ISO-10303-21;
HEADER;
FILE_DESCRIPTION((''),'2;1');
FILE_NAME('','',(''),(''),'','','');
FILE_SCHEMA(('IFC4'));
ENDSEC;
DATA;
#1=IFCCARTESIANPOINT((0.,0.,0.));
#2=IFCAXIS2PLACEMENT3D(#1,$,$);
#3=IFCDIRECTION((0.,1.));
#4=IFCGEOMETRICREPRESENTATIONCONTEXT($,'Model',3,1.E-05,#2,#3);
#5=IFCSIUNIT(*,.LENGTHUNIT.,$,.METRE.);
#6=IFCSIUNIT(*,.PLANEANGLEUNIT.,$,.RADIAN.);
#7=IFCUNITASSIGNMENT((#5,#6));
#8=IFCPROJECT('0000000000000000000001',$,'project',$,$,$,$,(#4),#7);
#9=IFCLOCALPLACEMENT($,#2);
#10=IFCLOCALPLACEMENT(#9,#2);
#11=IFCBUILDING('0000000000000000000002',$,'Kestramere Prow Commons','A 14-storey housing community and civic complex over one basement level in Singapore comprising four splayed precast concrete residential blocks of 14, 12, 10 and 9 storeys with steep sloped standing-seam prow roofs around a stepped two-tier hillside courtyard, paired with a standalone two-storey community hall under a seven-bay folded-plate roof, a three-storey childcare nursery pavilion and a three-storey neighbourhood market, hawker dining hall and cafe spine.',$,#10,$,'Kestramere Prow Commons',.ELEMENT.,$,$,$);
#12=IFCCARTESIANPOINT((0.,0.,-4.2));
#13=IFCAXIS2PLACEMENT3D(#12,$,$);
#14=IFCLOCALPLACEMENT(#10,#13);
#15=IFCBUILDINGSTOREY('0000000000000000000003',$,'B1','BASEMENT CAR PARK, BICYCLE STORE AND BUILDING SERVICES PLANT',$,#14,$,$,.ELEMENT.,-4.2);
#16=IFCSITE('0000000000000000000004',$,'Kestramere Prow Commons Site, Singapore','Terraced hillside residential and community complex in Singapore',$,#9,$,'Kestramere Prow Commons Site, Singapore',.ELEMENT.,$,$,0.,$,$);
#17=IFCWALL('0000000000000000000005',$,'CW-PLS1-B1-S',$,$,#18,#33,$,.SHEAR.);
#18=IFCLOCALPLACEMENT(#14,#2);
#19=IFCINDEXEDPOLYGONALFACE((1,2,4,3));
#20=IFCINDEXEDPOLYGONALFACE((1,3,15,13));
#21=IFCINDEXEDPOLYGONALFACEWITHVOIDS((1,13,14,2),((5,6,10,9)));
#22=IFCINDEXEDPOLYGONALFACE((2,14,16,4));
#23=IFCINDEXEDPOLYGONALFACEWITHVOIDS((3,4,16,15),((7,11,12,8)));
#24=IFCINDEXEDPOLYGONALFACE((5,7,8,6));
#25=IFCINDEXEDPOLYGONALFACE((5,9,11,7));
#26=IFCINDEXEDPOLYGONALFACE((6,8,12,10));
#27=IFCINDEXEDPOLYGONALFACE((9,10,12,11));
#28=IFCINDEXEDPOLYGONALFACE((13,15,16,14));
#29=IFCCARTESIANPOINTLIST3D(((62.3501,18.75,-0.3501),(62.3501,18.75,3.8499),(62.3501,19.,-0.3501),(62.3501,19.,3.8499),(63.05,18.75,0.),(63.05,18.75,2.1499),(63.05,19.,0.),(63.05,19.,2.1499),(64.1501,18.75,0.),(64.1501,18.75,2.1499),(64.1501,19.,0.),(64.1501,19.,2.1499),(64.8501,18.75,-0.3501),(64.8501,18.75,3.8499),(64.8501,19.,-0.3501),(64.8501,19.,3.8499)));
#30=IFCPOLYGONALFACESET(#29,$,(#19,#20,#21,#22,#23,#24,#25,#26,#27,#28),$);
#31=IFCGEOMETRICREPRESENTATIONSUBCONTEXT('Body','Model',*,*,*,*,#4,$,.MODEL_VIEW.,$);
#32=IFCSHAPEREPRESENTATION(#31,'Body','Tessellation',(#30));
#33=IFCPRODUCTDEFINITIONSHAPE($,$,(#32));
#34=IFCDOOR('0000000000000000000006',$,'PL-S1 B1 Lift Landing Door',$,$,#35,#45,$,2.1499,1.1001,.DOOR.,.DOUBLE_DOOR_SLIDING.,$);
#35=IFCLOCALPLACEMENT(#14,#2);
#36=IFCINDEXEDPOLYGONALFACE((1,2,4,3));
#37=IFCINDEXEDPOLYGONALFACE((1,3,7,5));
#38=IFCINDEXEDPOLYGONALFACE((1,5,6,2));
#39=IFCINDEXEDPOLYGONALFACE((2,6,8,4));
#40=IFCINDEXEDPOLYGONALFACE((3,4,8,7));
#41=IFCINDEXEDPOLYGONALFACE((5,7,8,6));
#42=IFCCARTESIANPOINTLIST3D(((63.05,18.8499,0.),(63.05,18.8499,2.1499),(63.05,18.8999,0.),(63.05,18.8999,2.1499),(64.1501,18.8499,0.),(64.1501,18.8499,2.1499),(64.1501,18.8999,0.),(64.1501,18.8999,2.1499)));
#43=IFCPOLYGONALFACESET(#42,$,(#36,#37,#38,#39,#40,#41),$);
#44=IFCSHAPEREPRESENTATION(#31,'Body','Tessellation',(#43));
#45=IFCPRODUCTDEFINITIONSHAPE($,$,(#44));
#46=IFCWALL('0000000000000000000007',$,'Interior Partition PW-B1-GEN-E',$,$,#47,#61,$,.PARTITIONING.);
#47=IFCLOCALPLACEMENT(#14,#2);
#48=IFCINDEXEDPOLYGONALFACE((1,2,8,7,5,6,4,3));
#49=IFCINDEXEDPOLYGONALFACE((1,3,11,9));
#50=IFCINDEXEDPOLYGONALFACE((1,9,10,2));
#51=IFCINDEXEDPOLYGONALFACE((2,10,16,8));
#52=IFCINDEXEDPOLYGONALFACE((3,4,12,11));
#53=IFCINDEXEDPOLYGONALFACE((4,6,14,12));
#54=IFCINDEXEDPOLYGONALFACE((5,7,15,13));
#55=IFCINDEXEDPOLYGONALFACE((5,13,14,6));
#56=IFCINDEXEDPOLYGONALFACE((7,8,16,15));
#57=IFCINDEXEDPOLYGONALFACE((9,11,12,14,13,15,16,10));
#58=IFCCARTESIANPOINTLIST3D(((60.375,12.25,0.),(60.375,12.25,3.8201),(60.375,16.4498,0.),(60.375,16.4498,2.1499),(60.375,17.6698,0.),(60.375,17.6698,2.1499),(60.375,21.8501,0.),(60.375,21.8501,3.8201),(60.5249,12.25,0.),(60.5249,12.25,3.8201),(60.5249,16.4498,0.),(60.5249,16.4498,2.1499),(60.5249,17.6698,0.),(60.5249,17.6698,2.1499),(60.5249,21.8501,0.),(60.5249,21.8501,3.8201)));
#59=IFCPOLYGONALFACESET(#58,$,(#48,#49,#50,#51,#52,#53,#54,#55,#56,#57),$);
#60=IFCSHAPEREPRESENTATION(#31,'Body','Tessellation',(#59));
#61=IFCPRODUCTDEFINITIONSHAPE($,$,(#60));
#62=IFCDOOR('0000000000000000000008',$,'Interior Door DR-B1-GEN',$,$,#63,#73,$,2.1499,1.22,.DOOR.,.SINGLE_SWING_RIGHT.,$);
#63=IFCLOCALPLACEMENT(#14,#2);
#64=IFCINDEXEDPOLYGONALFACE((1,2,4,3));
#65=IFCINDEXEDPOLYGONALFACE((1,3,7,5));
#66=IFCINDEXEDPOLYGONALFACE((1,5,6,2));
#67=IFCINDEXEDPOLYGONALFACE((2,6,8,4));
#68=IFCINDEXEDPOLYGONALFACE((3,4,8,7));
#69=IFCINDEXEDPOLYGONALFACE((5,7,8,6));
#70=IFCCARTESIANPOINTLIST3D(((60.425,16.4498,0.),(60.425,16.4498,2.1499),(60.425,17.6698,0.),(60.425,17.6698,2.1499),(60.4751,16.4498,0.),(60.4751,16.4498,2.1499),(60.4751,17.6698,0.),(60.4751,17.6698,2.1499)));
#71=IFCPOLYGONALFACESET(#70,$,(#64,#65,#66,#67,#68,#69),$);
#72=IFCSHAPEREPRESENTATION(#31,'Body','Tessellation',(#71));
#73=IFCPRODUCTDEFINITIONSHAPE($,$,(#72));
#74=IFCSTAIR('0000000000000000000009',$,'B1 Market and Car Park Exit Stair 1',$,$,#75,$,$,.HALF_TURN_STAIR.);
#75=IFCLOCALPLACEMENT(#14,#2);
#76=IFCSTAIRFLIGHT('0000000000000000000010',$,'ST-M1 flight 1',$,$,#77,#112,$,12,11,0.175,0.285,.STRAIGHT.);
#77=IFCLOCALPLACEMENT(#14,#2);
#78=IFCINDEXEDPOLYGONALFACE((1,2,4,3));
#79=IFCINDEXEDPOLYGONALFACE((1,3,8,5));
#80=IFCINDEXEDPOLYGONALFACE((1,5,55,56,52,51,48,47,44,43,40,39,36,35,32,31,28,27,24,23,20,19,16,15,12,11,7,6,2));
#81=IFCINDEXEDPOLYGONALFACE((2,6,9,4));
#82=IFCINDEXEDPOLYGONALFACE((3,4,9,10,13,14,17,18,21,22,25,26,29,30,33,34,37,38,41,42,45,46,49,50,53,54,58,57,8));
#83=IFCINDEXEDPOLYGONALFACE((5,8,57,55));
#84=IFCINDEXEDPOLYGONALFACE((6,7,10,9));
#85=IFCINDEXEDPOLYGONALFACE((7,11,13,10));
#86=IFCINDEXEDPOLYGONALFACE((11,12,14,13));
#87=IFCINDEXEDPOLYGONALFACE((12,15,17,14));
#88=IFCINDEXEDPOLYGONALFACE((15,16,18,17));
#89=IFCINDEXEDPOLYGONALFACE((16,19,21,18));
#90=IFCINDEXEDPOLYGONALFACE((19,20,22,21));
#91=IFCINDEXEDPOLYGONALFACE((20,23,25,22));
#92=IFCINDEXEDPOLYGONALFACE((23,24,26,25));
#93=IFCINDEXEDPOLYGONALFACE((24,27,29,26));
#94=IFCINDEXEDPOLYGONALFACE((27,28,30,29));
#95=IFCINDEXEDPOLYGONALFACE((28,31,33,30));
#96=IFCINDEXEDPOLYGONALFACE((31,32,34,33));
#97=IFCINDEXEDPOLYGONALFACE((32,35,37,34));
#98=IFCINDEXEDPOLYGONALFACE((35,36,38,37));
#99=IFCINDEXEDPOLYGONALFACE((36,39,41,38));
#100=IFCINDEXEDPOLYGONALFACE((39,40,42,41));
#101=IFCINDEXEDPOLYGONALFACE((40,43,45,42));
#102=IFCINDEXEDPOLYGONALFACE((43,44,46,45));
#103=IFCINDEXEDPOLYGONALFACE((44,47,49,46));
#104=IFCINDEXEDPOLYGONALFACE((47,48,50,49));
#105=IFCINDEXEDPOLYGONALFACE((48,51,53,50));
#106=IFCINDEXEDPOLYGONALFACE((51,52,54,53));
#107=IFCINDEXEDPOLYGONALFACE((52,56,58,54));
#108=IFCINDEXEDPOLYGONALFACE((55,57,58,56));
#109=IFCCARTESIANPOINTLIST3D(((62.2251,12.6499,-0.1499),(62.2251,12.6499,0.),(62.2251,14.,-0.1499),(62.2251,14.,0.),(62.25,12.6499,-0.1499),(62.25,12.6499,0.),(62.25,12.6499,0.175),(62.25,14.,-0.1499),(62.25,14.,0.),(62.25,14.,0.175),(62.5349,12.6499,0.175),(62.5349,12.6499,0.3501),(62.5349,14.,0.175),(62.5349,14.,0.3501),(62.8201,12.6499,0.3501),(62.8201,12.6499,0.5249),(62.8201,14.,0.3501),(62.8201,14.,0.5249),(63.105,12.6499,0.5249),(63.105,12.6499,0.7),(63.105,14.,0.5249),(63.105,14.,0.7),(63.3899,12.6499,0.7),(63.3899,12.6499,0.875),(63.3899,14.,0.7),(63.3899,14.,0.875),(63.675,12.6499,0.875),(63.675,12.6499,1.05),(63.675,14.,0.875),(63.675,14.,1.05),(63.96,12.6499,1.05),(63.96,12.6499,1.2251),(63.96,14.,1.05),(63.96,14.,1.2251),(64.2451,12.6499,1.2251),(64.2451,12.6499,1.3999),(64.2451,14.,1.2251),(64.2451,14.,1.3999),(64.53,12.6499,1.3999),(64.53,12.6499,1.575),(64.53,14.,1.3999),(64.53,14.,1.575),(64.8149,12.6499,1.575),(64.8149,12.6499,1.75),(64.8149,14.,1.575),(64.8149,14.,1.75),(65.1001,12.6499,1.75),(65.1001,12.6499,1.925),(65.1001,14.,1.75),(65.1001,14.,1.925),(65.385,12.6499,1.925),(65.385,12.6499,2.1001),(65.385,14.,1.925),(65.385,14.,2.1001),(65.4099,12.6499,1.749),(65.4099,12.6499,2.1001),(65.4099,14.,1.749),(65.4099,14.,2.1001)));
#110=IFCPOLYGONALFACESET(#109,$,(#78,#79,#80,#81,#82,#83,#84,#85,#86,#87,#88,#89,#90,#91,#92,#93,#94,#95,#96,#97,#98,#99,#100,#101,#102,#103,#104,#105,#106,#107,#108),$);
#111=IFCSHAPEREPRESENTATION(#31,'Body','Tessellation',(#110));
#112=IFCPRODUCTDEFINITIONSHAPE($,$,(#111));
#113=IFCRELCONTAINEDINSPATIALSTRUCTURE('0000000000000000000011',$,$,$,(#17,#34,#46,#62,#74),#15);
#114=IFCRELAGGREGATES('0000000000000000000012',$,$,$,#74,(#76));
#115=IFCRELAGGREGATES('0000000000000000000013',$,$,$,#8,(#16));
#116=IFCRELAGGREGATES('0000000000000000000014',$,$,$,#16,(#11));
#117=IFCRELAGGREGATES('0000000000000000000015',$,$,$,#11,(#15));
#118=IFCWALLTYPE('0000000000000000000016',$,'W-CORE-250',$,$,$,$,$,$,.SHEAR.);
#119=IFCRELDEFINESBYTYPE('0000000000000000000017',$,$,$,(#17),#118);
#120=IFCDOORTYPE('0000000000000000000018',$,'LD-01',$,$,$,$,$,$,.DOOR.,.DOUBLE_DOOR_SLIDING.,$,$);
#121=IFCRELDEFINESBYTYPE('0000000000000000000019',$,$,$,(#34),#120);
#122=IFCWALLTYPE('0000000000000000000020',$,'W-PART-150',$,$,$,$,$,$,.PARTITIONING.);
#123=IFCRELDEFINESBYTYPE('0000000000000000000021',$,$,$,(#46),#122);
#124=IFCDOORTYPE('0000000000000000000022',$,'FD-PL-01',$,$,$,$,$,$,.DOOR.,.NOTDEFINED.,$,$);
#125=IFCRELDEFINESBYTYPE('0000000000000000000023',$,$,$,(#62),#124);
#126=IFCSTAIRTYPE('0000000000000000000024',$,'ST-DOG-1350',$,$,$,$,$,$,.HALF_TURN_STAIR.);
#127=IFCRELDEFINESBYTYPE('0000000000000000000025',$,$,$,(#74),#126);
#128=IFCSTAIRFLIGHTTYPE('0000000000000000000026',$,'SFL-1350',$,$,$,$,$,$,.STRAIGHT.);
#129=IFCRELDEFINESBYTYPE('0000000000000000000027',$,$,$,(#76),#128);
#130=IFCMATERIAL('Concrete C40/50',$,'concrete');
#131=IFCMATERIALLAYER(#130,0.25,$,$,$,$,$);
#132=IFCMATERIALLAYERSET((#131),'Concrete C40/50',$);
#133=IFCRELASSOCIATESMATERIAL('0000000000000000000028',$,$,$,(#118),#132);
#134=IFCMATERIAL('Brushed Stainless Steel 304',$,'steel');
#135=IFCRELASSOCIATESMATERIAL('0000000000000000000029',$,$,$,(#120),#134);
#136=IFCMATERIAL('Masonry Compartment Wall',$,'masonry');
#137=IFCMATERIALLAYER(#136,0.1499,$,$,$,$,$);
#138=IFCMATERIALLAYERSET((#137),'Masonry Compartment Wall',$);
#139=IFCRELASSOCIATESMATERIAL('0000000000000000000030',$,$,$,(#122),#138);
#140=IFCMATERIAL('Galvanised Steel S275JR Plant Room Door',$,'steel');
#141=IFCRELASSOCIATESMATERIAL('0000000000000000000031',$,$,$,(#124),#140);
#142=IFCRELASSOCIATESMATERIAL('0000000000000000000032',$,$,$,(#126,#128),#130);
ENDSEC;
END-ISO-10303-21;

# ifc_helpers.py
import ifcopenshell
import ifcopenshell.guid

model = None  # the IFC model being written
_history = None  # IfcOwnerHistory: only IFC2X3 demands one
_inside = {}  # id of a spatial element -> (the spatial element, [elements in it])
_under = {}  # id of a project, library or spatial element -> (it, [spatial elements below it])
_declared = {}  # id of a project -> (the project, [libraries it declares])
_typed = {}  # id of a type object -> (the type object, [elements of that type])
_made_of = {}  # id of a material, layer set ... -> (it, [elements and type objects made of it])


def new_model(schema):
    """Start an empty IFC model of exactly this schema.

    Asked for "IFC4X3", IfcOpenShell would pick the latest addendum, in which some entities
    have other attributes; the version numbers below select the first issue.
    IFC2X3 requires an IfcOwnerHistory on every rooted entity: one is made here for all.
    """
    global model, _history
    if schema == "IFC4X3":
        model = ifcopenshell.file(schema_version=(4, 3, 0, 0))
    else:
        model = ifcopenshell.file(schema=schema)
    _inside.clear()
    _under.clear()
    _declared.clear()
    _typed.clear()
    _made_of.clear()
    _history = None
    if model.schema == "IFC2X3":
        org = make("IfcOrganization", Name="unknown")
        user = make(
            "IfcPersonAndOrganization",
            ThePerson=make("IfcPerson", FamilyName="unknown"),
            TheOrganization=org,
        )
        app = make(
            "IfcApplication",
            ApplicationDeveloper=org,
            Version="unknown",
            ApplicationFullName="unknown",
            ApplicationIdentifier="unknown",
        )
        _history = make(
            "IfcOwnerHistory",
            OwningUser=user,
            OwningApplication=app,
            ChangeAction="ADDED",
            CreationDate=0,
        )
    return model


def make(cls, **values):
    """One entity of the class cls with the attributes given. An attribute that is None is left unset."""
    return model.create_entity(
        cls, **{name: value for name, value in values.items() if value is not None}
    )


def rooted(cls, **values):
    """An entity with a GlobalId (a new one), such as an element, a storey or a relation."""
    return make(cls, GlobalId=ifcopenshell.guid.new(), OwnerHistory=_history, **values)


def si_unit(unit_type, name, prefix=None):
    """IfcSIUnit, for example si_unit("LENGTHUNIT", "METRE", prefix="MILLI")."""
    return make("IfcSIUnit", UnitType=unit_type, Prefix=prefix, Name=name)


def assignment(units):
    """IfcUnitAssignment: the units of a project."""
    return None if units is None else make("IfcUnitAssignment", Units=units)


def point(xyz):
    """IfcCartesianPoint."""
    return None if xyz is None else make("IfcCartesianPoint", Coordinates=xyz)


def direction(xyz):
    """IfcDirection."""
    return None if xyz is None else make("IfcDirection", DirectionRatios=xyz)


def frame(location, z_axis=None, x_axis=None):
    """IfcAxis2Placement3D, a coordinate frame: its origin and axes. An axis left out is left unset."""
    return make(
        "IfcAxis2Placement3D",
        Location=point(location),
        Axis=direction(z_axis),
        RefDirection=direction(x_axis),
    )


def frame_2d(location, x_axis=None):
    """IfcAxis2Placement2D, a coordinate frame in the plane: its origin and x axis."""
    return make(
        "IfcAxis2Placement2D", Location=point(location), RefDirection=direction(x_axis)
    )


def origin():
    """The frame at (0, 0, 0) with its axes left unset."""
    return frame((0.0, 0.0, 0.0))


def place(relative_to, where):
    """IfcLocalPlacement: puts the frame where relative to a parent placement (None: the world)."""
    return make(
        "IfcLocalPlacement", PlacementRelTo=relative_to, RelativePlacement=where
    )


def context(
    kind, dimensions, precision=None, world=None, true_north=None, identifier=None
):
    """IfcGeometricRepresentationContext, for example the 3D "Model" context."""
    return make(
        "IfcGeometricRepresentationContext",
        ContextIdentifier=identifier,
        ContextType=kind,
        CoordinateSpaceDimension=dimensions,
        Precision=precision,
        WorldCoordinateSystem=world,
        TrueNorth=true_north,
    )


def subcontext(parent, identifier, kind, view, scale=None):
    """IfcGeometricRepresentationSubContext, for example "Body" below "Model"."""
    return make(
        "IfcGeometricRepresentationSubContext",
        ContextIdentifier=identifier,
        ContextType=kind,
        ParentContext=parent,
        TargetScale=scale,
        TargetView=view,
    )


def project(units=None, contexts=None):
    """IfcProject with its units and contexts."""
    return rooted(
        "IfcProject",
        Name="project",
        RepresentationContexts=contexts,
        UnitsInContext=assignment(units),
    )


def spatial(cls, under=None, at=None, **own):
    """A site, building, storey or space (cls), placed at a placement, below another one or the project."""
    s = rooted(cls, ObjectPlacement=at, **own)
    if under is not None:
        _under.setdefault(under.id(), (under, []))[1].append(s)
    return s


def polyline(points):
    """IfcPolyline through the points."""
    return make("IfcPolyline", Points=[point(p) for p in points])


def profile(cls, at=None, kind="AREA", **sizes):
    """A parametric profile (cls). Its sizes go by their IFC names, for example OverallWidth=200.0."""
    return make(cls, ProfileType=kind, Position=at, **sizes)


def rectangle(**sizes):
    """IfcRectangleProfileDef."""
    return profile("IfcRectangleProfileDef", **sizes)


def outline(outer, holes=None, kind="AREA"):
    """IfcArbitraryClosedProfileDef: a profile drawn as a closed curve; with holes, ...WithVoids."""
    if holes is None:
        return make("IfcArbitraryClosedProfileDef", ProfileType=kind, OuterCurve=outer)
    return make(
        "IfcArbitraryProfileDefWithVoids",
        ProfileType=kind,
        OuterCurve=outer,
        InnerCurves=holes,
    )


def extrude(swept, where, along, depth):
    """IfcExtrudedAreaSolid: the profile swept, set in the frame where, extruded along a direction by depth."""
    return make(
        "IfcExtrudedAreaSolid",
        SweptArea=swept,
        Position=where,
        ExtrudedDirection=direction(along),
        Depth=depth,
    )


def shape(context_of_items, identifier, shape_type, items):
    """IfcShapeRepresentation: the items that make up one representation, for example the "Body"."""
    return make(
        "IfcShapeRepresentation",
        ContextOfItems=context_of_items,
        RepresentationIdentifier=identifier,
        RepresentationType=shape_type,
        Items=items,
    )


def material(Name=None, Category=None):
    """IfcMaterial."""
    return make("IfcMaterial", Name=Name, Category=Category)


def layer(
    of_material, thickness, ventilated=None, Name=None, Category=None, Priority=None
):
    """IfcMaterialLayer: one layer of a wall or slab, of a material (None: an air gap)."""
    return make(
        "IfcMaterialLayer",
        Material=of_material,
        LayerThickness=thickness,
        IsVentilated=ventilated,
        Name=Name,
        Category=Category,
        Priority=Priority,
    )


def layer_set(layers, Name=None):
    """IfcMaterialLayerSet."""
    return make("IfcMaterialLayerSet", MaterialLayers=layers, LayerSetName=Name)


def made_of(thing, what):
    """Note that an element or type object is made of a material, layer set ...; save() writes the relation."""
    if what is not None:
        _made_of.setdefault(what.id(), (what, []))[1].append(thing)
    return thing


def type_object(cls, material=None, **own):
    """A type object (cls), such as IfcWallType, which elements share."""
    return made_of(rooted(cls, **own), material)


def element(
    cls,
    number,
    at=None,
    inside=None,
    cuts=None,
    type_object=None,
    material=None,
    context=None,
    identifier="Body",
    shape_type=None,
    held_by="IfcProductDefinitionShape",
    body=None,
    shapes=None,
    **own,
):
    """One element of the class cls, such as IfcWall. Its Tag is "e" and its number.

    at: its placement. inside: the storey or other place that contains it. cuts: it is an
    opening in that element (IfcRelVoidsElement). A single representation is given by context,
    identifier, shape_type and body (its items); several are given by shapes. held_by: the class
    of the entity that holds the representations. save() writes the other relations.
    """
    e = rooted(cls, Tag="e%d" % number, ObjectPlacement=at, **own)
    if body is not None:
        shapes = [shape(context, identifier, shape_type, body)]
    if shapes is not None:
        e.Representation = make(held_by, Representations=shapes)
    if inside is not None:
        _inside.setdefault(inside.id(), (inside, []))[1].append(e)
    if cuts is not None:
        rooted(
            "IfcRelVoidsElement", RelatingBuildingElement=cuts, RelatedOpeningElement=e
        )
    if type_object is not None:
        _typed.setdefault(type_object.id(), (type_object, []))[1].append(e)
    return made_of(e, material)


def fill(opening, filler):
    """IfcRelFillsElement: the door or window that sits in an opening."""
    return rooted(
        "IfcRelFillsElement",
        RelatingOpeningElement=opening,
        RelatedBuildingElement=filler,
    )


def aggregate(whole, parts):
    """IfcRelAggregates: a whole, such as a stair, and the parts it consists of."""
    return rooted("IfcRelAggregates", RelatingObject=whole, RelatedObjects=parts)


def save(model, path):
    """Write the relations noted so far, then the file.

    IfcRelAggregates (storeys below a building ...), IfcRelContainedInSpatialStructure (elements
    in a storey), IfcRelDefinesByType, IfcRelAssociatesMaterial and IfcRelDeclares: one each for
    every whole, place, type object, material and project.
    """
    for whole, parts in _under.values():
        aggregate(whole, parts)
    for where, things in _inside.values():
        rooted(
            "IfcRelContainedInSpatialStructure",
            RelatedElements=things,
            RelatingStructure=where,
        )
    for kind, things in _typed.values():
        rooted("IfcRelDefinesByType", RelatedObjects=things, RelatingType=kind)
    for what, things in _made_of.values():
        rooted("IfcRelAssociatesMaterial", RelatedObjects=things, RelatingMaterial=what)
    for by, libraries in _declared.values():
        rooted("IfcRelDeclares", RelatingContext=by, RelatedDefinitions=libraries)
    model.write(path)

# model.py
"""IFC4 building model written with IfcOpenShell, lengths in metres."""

from ifc_helpers import new_model, si_unit, direction, frame, frame_2d, origin, place, context, subcontext, project, spatial, polyline, rectangle, outline, extrude, material, layer, layer_set, type_object, element, fill, aggregate, save


model = new_model("IFC4")

# Units and contexts
model_context = context("Model", 3, precision=1e-05, world=origin(), true_north=direction((0.0, 1.0)))
body_context = subcontext(model_context, "Body", "Model", "MODEL_VIEW")
ifc_project = project(units=[si_unit("LENGTHUNIT", "METRE"), si_unit("PLANEANGLEUNIT", "RADIAN")], contexts=[model_context])

# Site, building, storey
site_placement = place(None, origin())
site = spatial("IfcSite", under=ifc_project, at=site_placement, Name="Kestramere Prow Commons Site, Singapore", Description="Terraced hillside residential and community complex in Singapore", LongName="Kestramere Prow Commons Site, Singapore", CompositionType="ELEMENT", RefElevation=0.0)
building_placement = place(site_placement, origin())
building = spatial("IfcBuilding", under=site, at=building_placement, Name="Kestramere Prow Commons", Description="A 14-storey housing community and civic complex over one basement level in Singapore comprising four splayed precast concrete residential blocks of 14, 12, 10 and 9 storeys with steep sloped standing-seam prow roofs around a stepped two-tier hillside courtyard, paired with a standalone two-storey community hall under a seven-bay folded-plate roof, a three-storey childcare nursery pavilion and a three-storey neighbourhood market, hawker dining hall and cafe spine.", LongName="Kestramere Prow Commons", CompositionType="ELEMENT")
storey_placement = place(building_placement, frame((0.0, 0.0, -4.2)))
storey = spatial("IfcBuildingStorey", under=building, at=storey_placement, Name="B1", Description="BASEMENT CAR PARK, BICYCLE STORE AND BUILDING SERVICES PLANT", CompositionType="ELEMENT", Elevation=-4.2)

# Shared definitions
ifc_material_1 = material(Name="Concrete C40/50", Category="concrete")
ifc_layer_1 = layer(ifc_material_1, 0.25)
ifc_layer_set_1 = layer_set([ifc_layer_1], Name="Concrete C40/50")
wall_type_1 = type_object("IfcWallType", Name="W-CORE-250", PredefinedType="SHEAR", material=ifc_layer_set_1)

# Walls, openings, doors
wall_1_placement = place(storey_placement, frame((62.3501, 18.875, -0.3501), z_axis=(0.0, 0.0, 1.0), x_axis=(1.0, 0.0, 0.0)))
wall_1 = element("IfcWall", 1, at=wall_1_placement, inside=storey, type_object=wall_type_1, Name="CW-PLS1-B1-S", PredefinedType="SHEAR", context=body_context, shape_type="SweptSolid", body=[
    extrude(rectangle(XDim=2.5, YDim=0.25, at=frame_2d((1.25, 0.0))), origin(), (0.0, 0.0, 1.0), 4.2),
])
opening_1_placement = place(wall_1_placement, frame((0.7, 0.0, 0.3501)))
opening_1 = element("IfcOpeningElement", 2, at=opening_1_placement, cuts=wall_1, PredefinedType="OPENING", context=body_context, shape_type="SweptSolid", body=[
    extrude(rectangle(XDim=1.1001, YDim=2.1499, at=frame_2d((0.55, 1.075))), frame((0.0, 0.1399, 0.0), z_axis=(0.0, -1.0, 0.0), x_axis=(1.0, 0.0, 0.0)), (0.0, 0.0, 1.0), 0.28),
])
ifc_material_2 = material(Name="Brushed Stainless Steel 304", Category="steel")
door_type_1 = type_object("IfcDoorType", Name="LD-01", OperationType="DOUBLE_DOOR_SLIDING", PredefinedType="DOOR", material=ifc_material_2)
door_1_placement = place(opening_1_placement, origin())
door_1 = element("IfcDoor", 3, at=door_1_placement, inside=storey, type_object=door_type_1, Name="PL-S1 B1 Lift Landing Door", OperationType="DOUBLE_DOOR_SLIDING", OverallHeight=2.1499, OverallWidth=1.1001, PredefinedType="DOOR", context=body_context, shape_type="SweptSolid", body=[
    extrude(rectangle(XDim=1.1001, YDim=2.1499, at=frame_2d((0.55, 1.075))), frame((0.0, 0.0249, 0.0), z_axis=(0.0, -1.0, 0.0), x_axis=(1.0, 0.0, 0.0)), (0.0, 0.0, 1.0), 0.05),
])
fill(opening_1, door_1)
ifc_material_3 = material(Name="Masonry Compartment Wall", Category="masonry")
ifc_layer_2 = layer(ifc_material_3, 0.1499)
ifc_layer_set_2 = layer_set([ifc_layer_2], Name="Masonry Compartment Wall")
wall_type_2 = type_object("IfcWallType", Name="W-PART-150", PredefinedType="PARTITIONING", material=ifc_layer_set_2)
wall_2_placement = place(storey_placement, frame((60.45, 12.25, 0.0), z_axis=(0.0, 0.0, 1.0), x_axis=(0.0, 1.0, 0.0)))
wall_2 = element("IfcWall", 4, at=wall_2_placement, inside=storey, type_object=wall_type_2, Name="Interior Partition PW-B1-GEN-E", PredefinedType="PARTITIONING", context=body_context, shape_type="SweptSolid", body=[
    extrude(rectangle(XDim=9.6001, YDim=0.1499, at=frame_2d((4.8, 0.0))), origin(), (0.0, 0.0, 1.0), 3.8201),
])
opening_2_placement = place(wall_2_placement, frame((4.2, 0.0, 0.0)))
opening_2 = element("IfcOpeningElement", 5, at=opening_2_placement, cuts=wall_2, PredefinedType="OPENING", context=body_context, shape_type="SweptSolid", body=[
    extrude(rectangle(XDim=1.22, YDim=2.1499, at=frame_2d((0.6099, 1.075))), frame((0.0, 0.0898, 0.0), z_axis=(0.0, -1.0, 0.0), x_axis=(1.0, 0.0, 0.0)), (0.0, 0.0, 1.0), 0.1799),
])
ifc_material_4 = material(Name="Galvanised Steel S275JR Plant Room Door", Category="steel")
door_type_2 = type_object("IfcDoorType", Name="FD-PL-01", OperationType="NOTDEFINED", PredefinedType="DOOR", material=ifc_material_4)
door_2_placement = place(opening_2_placement, origin())
door_2 = element("IfcDoor", 6, at=door_2_placement, inside=storey, type_object=door_type_2, Name="Interior Door DR-B1-GEN", OperationType="SINGLE_SWING_RIGHT", OverallHeight=2.1499, OverallWidth=1.22, PredefinedType="DOOR", context=body_context, shape_type="SweptSolid", body=[
    extrude(rectangle(XDim=1.22, YDim=2.1499, at=frame_2d((0.6099, 1.075))), frame((0.0, 0.0249, 0.0), z_axis=(0.0, -1.0, 0.0), x_axis=(1.0, 0.0, 0.0)), (0.0, 0.0, 1.0), 0.05),
])
fill(opening_2, door_2)

# Stair, stair flight
stair_type = type_object("IfcStairType", Name="ST-DOG-1350", PredefinedType="HALF_TURN_STAIR", material=ifc_material_1)
stair_placement = place(storey_placement, origin())
stair = element("IfcStair", 7, at=stair_placement, inside=storey, type_object=stair_type, Name="B1 Market and Car Park Exit Stair 1", PredefinedType="HALF_TURN_STAIR")
stair_flight_type = type_object("IfcStairFlightType", Name="SFL-1350", PredefinedType="STRAIGHT", material=ifc_material_1)
stair_flight_placement = place(storey_placement, frame((62.25, 13.325, 0.0), z_axis=(0.0, 0.0, 1.0), x_axis=(1.0, 0.0, 0.0)))
stair_flight = element("IfcStairFlight", 8, at=stair_flight_placement, type_object=stair_flight_type, Name="ST-M1 flight 1", NumberOfRisers=12, NumberOfTreads=11, PredefinedType="STRAIGHT", RiserHeight=0.175, TreadLength=0.285, context=body_context, shape_type="SweptSolid", body=[
    extrude(outline(polyline([(-0.0249, 0.0), (0.0, 0.0), (0.0, 0.175), (0.2849, 0.175), (0.2849, 0.3501), (0.5701, 0.3501), (0.5701, 0.5249), (0.855, 0.5249), (0.855, 0.7), (1.1399, 0.7), (1.1399, 0.875), (1.425, 0.875), (1.425, 1.05), (1.71, 1.05), (1.71, 1.2251), (1.9951, 1.2251), (1.9951, 1.3999), (2.28, 1.3999), (2.28, 1.575), (2.5649, 1.575), (2.5649, 1.75), (2.8501, 1.75), (2.8501, 1.925), (3.135, 1.925), (3.135, 2.1001), (3.1599, 2.1001), (3.1599, 1.749), (0.0, -0.1499), (-0.0249, -0.1499), (-0.0249, 0.0)])), frame((0.0, 0.675, 0.0), z_axis=(0.0, -1.0, 0.0), x_axis=(1.0, 0.0, 0.0)), (0.0, 0.0, 1.0), 1.3501),
])
aggregate(stair, [stair_flight])

save(model, "model.ifc")
